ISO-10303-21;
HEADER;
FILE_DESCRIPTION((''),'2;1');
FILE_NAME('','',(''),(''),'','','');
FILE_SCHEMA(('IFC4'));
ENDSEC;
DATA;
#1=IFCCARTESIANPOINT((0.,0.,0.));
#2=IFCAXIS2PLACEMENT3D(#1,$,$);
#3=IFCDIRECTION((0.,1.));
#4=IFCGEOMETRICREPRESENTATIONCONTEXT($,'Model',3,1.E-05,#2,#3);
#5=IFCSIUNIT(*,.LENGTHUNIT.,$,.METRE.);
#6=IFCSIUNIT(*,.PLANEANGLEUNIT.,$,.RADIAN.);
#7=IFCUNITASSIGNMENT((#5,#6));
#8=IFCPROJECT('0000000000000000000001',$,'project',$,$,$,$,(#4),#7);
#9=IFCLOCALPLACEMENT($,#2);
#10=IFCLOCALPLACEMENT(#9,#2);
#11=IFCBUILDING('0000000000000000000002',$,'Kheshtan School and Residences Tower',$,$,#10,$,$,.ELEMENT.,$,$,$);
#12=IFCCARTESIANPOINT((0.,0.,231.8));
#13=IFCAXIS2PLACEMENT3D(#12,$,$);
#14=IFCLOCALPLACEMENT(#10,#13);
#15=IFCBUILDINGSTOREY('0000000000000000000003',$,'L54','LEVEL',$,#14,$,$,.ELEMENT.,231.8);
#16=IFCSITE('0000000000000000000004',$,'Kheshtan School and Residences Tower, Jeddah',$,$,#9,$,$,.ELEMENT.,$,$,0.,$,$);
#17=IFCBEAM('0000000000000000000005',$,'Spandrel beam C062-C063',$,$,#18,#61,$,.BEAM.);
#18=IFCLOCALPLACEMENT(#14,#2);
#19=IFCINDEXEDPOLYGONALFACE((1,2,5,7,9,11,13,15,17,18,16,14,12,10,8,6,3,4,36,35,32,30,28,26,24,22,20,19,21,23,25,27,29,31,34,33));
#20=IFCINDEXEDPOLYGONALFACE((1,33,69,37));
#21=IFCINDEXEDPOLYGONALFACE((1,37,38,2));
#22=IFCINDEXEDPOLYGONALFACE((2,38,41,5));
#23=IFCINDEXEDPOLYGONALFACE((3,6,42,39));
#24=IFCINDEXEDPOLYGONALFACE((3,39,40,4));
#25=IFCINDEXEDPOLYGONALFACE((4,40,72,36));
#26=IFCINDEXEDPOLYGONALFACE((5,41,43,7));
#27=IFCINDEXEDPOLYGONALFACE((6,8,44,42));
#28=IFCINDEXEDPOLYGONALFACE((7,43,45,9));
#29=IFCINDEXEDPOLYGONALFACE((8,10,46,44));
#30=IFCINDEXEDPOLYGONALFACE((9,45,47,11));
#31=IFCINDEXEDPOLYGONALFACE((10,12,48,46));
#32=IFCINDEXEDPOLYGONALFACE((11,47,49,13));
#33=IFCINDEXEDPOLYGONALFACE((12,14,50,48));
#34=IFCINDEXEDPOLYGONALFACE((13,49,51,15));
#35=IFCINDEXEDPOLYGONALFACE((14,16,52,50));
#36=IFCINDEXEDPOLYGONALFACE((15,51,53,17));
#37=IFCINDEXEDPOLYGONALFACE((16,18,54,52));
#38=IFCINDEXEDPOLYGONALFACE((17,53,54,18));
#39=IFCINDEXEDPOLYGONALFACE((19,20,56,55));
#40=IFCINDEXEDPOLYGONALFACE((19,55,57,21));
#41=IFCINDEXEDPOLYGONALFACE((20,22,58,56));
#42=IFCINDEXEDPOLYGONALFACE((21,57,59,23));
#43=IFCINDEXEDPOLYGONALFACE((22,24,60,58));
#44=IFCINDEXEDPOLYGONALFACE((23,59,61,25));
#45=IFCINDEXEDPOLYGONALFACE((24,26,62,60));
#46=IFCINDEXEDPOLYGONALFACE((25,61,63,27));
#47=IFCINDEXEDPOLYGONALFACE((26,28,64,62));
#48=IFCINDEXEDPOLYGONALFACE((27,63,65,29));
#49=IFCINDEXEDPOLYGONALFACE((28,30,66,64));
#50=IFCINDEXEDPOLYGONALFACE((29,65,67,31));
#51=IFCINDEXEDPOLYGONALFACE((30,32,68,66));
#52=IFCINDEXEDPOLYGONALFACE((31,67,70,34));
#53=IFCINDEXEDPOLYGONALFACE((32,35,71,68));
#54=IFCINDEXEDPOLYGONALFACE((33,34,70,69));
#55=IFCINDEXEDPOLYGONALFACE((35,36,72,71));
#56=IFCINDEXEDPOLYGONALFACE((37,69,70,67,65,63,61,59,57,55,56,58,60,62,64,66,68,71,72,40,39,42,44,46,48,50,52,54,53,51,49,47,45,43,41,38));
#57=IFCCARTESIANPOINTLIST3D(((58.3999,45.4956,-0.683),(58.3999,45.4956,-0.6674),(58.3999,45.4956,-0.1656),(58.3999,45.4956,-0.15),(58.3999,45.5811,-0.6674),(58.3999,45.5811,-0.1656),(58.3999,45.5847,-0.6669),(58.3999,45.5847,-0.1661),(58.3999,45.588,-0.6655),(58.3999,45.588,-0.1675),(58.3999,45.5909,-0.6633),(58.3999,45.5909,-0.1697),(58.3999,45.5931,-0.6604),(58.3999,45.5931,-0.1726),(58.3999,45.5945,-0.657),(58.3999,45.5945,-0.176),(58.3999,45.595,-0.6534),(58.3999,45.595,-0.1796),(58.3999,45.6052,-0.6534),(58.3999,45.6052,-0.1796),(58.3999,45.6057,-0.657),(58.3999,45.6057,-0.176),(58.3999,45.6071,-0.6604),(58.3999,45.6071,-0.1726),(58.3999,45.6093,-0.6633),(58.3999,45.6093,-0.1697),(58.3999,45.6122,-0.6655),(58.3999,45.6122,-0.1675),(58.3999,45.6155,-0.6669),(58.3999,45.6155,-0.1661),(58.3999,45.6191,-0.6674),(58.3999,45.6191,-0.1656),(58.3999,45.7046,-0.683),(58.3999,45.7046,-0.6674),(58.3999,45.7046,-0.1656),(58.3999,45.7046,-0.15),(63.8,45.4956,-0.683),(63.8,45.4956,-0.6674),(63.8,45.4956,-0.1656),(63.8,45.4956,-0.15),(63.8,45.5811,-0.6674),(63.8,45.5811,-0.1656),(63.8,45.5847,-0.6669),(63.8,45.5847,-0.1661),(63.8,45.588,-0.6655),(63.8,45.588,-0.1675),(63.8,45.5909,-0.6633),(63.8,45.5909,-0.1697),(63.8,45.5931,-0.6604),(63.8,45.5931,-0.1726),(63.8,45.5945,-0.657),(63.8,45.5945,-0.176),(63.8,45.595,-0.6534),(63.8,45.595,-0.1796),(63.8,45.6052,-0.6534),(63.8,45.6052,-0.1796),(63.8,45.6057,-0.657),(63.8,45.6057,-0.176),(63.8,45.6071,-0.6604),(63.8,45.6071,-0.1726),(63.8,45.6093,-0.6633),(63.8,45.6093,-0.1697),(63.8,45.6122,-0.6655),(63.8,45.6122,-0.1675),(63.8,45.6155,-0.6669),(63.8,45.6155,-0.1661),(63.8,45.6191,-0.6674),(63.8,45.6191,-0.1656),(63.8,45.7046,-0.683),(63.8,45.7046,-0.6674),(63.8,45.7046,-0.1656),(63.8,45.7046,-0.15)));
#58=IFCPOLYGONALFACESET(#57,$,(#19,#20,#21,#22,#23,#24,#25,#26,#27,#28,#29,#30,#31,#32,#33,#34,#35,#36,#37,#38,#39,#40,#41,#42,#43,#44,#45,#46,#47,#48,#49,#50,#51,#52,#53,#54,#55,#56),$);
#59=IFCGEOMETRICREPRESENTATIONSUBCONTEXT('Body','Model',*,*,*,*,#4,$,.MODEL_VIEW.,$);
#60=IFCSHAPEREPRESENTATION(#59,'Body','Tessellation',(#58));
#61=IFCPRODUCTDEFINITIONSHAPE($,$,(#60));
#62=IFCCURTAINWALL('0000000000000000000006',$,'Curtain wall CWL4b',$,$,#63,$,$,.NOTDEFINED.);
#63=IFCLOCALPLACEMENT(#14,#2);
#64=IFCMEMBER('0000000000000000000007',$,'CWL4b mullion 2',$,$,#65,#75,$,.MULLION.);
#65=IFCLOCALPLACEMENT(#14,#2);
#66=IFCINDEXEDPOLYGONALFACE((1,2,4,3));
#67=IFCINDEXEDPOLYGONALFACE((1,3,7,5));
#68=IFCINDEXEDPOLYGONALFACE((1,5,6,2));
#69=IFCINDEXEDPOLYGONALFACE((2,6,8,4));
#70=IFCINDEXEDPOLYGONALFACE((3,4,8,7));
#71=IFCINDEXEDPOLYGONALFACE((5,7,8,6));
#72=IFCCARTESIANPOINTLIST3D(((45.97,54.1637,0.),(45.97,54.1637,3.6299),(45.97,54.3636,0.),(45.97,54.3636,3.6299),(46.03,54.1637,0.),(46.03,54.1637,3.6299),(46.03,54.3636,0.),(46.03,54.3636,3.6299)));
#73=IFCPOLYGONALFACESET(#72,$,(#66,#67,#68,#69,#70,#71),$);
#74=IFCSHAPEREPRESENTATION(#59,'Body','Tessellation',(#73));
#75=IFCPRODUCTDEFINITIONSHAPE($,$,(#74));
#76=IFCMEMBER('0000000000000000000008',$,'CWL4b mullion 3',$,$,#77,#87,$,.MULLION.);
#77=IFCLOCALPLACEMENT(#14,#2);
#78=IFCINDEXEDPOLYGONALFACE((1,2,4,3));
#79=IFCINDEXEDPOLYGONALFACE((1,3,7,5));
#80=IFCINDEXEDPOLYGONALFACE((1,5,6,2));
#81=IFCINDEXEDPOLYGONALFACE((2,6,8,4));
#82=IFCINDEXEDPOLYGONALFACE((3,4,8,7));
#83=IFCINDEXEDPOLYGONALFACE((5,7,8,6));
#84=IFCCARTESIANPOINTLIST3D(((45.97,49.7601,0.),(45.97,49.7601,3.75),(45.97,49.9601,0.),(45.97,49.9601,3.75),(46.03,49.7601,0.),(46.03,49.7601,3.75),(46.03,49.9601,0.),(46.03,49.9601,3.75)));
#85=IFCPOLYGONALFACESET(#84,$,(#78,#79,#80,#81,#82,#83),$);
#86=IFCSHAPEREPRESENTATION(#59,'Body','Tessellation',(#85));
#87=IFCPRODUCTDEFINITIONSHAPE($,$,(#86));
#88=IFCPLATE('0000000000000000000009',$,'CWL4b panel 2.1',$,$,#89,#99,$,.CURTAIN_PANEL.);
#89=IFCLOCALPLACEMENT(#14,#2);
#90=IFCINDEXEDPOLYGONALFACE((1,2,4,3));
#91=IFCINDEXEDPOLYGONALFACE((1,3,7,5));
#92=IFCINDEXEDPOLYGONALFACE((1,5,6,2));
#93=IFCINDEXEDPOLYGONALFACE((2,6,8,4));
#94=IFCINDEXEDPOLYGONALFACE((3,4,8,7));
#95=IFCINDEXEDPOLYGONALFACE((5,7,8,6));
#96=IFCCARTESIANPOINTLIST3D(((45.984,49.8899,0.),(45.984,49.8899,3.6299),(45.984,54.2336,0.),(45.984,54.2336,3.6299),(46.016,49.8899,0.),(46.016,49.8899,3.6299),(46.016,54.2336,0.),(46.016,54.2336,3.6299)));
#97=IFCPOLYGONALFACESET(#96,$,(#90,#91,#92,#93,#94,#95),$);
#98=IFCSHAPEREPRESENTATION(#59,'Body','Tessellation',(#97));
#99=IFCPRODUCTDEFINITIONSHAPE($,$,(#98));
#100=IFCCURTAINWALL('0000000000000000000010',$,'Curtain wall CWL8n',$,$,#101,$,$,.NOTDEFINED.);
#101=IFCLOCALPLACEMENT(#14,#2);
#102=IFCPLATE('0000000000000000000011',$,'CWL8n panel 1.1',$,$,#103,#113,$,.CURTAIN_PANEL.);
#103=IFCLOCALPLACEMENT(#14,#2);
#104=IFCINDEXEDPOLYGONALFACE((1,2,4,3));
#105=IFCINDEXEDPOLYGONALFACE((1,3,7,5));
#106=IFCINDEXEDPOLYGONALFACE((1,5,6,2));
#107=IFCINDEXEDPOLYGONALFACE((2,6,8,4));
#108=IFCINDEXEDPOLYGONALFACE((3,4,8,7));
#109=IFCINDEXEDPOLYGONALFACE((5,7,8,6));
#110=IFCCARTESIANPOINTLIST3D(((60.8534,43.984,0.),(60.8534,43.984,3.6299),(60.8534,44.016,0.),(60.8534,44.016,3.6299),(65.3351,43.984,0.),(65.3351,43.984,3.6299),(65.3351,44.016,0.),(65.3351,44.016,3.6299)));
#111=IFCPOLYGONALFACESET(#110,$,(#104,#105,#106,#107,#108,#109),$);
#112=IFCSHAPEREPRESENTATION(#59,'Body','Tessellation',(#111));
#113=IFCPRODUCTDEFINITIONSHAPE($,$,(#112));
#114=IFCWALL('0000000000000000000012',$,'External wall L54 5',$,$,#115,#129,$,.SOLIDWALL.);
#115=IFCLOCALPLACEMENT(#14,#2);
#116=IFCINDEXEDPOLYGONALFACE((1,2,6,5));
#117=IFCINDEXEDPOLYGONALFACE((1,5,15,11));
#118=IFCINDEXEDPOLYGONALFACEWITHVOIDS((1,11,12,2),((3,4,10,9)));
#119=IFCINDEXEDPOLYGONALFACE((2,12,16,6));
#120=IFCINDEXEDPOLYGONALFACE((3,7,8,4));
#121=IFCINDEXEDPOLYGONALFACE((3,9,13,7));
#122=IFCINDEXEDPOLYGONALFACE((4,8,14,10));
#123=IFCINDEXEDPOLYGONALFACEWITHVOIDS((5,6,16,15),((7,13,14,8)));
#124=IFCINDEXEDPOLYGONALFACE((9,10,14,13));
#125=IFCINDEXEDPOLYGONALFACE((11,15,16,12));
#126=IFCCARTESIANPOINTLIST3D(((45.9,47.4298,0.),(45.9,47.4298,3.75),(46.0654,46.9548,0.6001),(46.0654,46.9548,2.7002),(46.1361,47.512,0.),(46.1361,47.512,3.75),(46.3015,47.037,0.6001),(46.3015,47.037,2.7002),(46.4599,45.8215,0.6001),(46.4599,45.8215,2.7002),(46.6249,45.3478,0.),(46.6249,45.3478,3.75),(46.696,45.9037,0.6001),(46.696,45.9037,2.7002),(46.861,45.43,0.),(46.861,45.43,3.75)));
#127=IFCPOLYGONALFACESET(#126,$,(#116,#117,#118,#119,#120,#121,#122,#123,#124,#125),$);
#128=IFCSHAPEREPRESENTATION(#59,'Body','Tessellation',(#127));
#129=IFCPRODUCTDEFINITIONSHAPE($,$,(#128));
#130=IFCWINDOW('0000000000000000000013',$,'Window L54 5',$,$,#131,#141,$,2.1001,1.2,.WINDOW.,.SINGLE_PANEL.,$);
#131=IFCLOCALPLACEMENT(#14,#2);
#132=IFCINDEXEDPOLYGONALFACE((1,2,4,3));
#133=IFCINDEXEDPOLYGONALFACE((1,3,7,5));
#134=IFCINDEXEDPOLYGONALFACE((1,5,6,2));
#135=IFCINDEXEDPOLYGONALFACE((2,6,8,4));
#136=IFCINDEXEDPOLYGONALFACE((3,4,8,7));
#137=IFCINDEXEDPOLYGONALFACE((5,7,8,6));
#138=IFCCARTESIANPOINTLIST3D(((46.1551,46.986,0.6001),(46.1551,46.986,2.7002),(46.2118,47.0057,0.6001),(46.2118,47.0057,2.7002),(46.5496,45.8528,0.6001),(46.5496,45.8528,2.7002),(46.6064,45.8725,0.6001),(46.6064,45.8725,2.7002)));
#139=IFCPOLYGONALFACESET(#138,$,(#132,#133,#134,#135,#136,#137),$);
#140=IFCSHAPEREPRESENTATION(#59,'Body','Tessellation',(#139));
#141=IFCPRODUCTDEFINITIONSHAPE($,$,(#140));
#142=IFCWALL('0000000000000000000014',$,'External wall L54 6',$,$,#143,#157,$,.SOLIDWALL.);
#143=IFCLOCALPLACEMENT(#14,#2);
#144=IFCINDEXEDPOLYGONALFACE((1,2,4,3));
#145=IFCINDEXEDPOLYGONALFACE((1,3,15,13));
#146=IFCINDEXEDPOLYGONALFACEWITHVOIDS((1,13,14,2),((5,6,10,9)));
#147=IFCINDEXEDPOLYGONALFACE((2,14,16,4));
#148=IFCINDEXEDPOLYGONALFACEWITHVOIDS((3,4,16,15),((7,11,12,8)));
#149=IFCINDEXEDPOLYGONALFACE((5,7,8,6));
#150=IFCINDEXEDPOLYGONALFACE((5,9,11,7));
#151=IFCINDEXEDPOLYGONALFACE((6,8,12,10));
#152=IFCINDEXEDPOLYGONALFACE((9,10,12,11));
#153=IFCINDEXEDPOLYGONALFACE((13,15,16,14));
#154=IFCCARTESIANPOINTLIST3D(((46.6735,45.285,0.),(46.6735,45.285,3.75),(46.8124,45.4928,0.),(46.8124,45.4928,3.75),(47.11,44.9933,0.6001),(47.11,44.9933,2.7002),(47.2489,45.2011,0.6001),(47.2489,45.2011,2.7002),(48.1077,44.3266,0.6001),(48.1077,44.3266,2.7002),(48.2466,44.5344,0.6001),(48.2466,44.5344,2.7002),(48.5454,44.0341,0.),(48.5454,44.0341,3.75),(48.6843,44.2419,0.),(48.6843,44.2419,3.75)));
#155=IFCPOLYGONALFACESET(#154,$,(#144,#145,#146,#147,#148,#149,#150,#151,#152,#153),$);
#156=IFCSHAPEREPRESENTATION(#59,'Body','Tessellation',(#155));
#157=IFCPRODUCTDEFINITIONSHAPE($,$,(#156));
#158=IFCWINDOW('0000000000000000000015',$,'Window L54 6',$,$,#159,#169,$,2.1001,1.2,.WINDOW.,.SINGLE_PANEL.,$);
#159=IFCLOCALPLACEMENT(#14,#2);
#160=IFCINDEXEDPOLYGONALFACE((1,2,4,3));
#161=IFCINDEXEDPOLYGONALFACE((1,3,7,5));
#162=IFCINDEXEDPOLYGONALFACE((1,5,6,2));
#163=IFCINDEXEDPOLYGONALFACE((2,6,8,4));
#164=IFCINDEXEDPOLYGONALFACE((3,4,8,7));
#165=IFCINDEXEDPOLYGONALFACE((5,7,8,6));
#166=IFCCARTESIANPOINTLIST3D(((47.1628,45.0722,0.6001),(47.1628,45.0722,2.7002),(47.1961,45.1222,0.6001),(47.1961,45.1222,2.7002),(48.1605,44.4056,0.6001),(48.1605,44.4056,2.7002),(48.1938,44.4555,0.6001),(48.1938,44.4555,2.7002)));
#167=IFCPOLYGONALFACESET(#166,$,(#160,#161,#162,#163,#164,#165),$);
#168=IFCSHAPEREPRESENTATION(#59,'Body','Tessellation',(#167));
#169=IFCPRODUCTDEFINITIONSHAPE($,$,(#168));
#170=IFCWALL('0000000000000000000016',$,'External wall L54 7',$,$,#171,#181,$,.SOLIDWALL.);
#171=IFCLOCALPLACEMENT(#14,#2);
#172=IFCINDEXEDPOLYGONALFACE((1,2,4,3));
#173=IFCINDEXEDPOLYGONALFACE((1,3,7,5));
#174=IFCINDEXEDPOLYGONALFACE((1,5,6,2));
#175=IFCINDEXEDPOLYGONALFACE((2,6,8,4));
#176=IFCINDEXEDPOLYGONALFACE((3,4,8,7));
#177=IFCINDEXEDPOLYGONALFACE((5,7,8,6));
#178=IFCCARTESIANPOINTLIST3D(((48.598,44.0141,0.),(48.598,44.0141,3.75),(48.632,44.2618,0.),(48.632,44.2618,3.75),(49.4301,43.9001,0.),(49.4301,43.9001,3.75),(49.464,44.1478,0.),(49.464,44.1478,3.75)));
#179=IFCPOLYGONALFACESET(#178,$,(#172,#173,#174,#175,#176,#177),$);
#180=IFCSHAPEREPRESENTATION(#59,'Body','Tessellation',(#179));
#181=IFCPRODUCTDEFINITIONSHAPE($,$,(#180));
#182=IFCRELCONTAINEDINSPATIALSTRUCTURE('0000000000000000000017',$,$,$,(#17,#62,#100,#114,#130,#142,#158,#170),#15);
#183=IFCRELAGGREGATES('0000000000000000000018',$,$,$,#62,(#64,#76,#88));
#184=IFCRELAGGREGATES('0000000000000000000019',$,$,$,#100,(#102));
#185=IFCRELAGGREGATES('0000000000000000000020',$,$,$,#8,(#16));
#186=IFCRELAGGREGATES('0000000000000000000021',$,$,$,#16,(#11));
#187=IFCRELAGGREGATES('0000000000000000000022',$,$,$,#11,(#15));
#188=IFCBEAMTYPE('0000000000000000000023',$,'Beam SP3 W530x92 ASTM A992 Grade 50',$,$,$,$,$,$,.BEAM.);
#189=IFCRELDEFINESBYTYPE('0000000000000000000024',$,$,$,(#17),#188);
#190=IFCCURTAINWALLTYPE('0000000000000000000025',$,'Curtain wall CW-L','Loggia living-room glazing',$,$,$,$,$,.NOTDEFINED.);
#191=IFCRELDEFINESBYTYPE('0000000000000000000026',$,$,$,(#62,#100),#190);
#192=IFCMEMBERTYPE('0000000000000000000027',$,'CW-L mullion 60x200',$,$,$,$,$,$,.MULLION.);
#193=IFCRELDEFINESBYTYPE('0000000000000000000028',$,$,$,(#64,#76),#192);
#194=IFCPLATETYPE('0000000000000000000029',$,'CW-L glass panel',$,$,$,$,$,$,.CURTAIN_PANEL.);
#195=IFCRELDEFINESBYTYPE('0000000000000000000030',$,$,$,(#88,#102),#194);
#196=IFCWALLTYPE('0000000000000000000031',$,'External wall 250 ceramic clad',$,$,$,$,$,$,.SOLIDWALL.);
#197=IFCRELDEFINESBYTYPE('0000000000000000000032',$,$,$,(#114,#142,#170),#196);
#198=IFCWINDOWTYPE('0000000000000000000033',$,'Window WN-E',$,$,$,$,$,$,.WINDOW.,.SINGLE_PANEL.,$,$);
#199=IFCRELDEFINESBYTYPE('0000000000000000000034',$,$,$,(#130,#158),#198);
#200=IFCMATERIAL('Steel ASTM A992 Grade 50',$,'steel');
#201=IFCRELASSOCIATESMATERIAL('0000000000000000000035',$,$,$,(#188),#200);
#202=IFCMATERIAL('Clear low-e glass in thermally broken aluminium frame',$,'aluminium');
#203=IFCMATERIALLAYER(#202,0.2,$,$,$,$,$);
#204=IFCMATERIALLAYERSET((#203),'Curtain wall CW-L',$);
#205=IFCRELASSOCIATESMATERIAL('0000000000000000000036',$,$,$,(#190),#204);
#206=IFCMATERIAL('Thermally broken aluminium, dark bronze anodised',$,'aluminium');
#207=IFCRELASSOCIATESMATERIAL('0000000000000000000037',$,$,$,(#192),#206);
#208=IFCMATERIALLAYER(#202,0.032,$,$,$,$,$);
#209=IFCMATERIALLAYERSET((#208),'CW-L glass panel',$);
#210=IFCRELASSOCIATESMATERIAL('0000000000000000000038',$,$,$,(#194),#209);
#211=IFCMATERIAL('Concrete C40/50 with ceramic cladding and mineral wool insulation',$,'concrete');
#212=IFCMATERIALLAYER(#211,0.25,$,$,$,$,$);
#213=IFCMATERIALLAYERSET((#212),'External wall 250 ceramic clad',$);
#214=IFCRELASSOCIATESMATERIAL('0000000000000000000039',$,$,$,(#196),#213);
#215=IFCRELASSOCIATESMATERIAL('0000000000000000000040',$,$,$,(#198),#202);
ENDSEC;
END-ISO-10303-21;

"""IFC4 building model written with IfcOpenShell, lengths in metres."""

from ifc_helpers import new_model, si_unit, direction, frame, frame_2d, origin, origin_2d, place, context, subcontext, project, spatial, rectangle, i_section, extrude, source, transform, mapped, material, layer, layer_set, material_profile, profile_set, type_object, element, fill, aggregate, save


model = new_model("IFC4")

# Units and contexts
model_context = context("Model", 3, precision=1e-05, world=origin(), true_north=direction((0.0, 1.0)))
body_context = subcontext(model_context, "Body", "Model", "MODEL_VIEW")
ifc_project = project(units=[si_unit("LENGTHUNIT", "METRE"), si_unit("PLANEANGLEUNIT", "RADIAN")], contexts=[model_context])

# Site, building, storey
site_placement = place(None, origin())
site = spatial("IfcSite", under=ifc_project, at=site_placement, Name="Kheshtan School and Residences Tower, Jeddah", CompositionType="ELEMENT", RefElevation=0.0)
building_placement = place(site_placement, origin())
building = spatial("IfcBuilding", under=site, at=building_placement, Name="Kheshtan School and Residences Tower", CompositionType="ELEMENT")
storey_placement = place(building_placement, frame((0.0, 0.0, 231.8)))
storey = spatial("IfcBuildingStorey", under=building, at=storey_placement, Name="L54", Description="LEVEL", CompositionType="ELEMENT", Elevation=231.8)

# Shared definitions
ifc_material_1 = material(Name="Steel ASTM A992 Grade 50", Category="steel")

# Beam
ifc_material_profile_1 = material_profile(ifc_material_1, i_section(OverallWidth=0.209, OverallDepth=0.533, WebThickness=0.0103, FlangeThickness=0.0156, FilletRadius=0.0139, at=origin_2d()), Name="W530x92")
ifc_profile_set_1 = profile_set([ifc_material_profile_1], Name="Steel ASTM A992 Grade 50")
beam_type_1 = type_object("IfcBeamType", Name="Beam SP3 W530x92 ASTM A992 Grade 50", PredefinedType="BEAM", material=ifc_profile_set_1)
beam_1_placement = place(storey_placement, frame((58.3999, 45.6001, -0.4165), z_axis=(1.0, 0.0, 0.0), x_axis=(0.0, 1.0, 0.0)))
element("IfcBeam", 1, at=beam_1_placement, inside=storey, type_object=beam_type_1, Name="Spandrel beam C062-C063", PredefinedType="BEAM", context=body_context, shape_type="SweptSolid", body=[
    extrude(i_section(OverallWidth=0.209, OverallDepth=0.533, WebThickness=0.0103, FlangeThickness=0.0156, FilletRadius=0.0139, at=origin_2d()), origin(), (0.0, 0.0, 1.0), 5.4001),
])

# Curtain wall, members, plate
ifc_material_2 = material(Name="Clear low-e glass in thermally broken aluminium frame", Category="aluminium")
ifc_layer_1 = layer(ifc_material_2, 0.2)
ifc_layer_set_1 = layer_set([ifc_layer_1], Name="Curtain wall CW-L")
curtain_wall_type = type_object("IfcCurtainWallType", Name="Curtain wall CW-L", Description="Loggia living-room glazing", PredefinedType="NOTDEFINED", material=ifc_layer_set_1)
curtain_wall_1_placement = place(storey_placement, origin())
curtain_wall_1 = element("IfcCurtainWall", 2, at=curtain_wall_1_placement, inside=storey, type_object=curtain_wall_type, Name="Curtain wall CWL4b", PredefinedType="NOTDEFINED")
ifc_material_3 = material(Name="Thermally broken aluminium, dark bronze anodised", Category="aluminium")
ifc_material_profile_2 = material_profile(ifc_material_3, rectangle(XDim=0.0601, YDim=0.2, at=origin_2d()), Name="CW-L mullion 60x200")
ifc_profile_set_2 = profile_set([ifc_material_profile_2], Name="Thermally broken aluminium, dark bronze anodised")
member_type = type_object("IfcMemberType", Name="CW-L mullion 60x200", PredefinedType="MULLION", material=ifc_profile_set_2)
member_1_placement = place(storey_placement, frame((46.0, 54.2637, 0.0), z_axis=(0.0, 0.0, 1.0), x_axis=(1.0, 0.0, 0.0)))
member_1 = element("IfcMember", 3, at=member_1_placement, type_object=member_type, Name="CWL4b mullion 2", PredefinedType="MULLION", context=body_context, shape_type="SweptSolid", body=[
    extrude(rectangle(XDim=0.0601, YDim=0.2, at=origin_2d()), origin(), (0.0, 0.0, 1.0), 3.6299),
])
member_2_placement = place(storey_placement, frame((46.0, 49.8601, 0.0), z_axis=(0.0, 0.0, 1.0), x_axis=(1.0, 0.0, 0.0)))
member_2 = element("IfcMember", 4, at=member_2_placement, type_object=member_type, Name="CWL4b mullion 3", PredefinedType="MULLION", context=body_context, shape_type="SweptSolid", body=[
    extrude(rectangle(XDim=0.0601, YDim=0.2, at=origin_2d()), origin(), (0.0, 0.0, 1.0), 3.75),
])
ifc_layer_2 = layer(ifc_material_2, 0.032)
ifc_layer_set_2 = layer_set([ifc_layer_2], Name="CW-L glass panel")
plate_type = type_object("IfcPlateType", Name="CW-L glass panel", PredefinedType="CURTAIN_PANEL", material=ifc_layer_set_2)
plate_1_placement = place(storey_placement, frame((46.0, 52.0618, 0.0), z_axis=(0.0, 0.0, 1.0), x_axis=(0.0, -1.0, 0.0)))
plate_1 = element("IfcPlate", 5, at=plate_1_placement, type_object=plate_type, Name="CWL4b panel 2.1", PredefinedType="CURTAIN_PANEL", context=body_context, shape_type="SweptSolid", body=[
    extrude(rectangle(XDim=4.3438, YDim=0.032, at=origin_2d()), origin(), (0.0, 0.0, 1.0), 3.6299),
])
aggregate(curtain_wall_1, [member_1, member_2, plate_1])

# Curtain wall, plate
curtain_wall_2_placement = place(storey_placement, origin())
curtain_wall_2 = element("IfcCurtainWall", 6, at=curtain_wall_2_placement, inside=storey, type_object=curtain_wall_type, Name="Curtain wall CWL8n", PredefinedType="NOTDEFINED")
plate_2_placement = place(storey_placement, frame((63.0942, 44.0, 0.0), z_axis=(0.0, 0.0, 1.0), x_axis=(1.0, 0.0, 0.0)))
plate_2 = element("IfcPlate", 7, at=plate_2_placement, type_object=plate_type, Name="CWL8n panel 1.1", PredefinedType="CURTAIN_PANEL", context=body_context, shape_type="SweptSolid", body=[
    extrude(rectangle(XDim=4.4817, YDim=0.032, at=origin_2d()), origin(), (0.0, 0.0, 1.0), 3.6299),
])
aggregate(curtain_wall_2, [plate_2])

# Walls, openings, windows
ifc_material_4 = material(Name="Concrete C40/50 with ceramic cladding and mineral wool insulation", Category="concrete")
ifc_layer_3 = layer(ifc_material_4, 0.25)
ifc_layer_set_3 = layer_set([ifc_layer_3], Name="External wall 250 ceramic clad")
wall_type = type_object("IfcWallType", Name="External wall 250 ceramic clad", PredefinedType="SOLIDWALL", material=ifc_layer_set_3)
wall_1_placement = place(storey_placement, frame((46.0181, 47.4709, 0.0), z_axis=(0.0, 0.0, 1.0), x_axis=(0.328791, -0.944403, 0.0)))
wall_1 = element("IfcWall", 8, at=wall_1_placement, inside=storey, type_object=wall_type, Name="External wall L54 5", PredefinedType="SOLIDWALL", context=body_context, shape_type="SweptSolid", body=[
    extrude(rectangle(XDim=2.2046, YDim=0.25, at=frame_2d((1.1023, 0.0))), origin(), (0.0, 0.0, 1.0), 3.75),
])
opening_1_placement = place(wall_1_placement, frame((0.5029, 0.0, 0.6001)))
opening_1 = element("IfcOpeningElement", 9, at=opening_1_placement, cuts=wall_1, PredefinedType="OPENING", context=body_context, shape_type="SweptSolid", body=[
    extrude(rectangle(XDim=1.2, YDim=2.1001, at=frame_2d((0.6001, 1.05))), frame((0.0, 0.135, 0.0), z_axis=(0.0, -1.0, 0.0), x_axis=(1.0, 0.0, 0.0)), (0.0, 0.0, 1.0), 0.27),
])
window_type = type_object("IfcWindowType", Name="Window WN-E", PartitioningType="SINGLE_PANEL", PredefinedType="WINDOW", material=ifc_material_2)
shared_shape = source(origin(), body_context, "Body", "SweptSolid", [
    extrude(rectangle(XDim=1.2, YDim=2.1001, at=frame_2d((0.6001, 1.05))), frame((0.0, 0.03, 0.0), z_axis=(0.0, -1.0, 0.0), x_axis=(1.0, 0.0, 0.0)), (0.0, 0.0, 1.0), 0.0601),
])
window_1_placement = place(opening_1_placement, origin())
window_1 = element("IfcWindow", 10, at=window_1_placement, inside=storey, type_object=window_type, Name="Window L54 5", OverallHeight=2.1001, OverallWidth=1.2, PartitioningType="SINGLE_PANEL", PredefinedType="WINDOW", context=body_context, shape_type="MappedRepresentation", body=[
    mapped(shared_shape, transform((0.0, 0.0, 0.0), x_axis=(1.0, 0.0, 0.0), y_axis=(0.0, 1.0, 0.0), z_axis=(0.0, 0.0, 1.0), scale=1.0)),
])
fill(opening_1, window_1)
wall_2_placement = place(storey_placement, frame((46.7429, 45.3889, 0.0), z_axis=(0.0, 0.0, 1.0), x_axis=(0.831449, -0.555601, 0.0)))
wall_2 = element("IfcWall", 11, at=wall_2_placement, inside=storey, type_object=wall_type, Name="External wall L54 6", PredefinedType="SOLIDWALL", context=body_context, shape_type="SweptSolid", body=[
    extrude(rectangle(XDim=2.2515, YDim=0.25, at=frame_2d((1.1257, 0.0))), origin(), (0.0, 0.0, 1.0), 3.75),
])
opening_2_placement = place(wall_2_placement, frame((0.5249, 0.0, 0.6001)))
opening_2 = element("IfcOpeningElement", 12, at=opening_2_placement, cuts=wall_2, PredefinedType="OPENING", context=body_context, shape_type="SweptSolid", body=[
    extrude(rectangle(XDim=1.2, YDim=2.1001, at=frame_2d((0.6001, 1.05))), frame((0.0, 0.135, 0.0), z_axis=(0.0, -1.0, 0.0), x_axis=(1.0, 0.0, 0.0)), (0.0, 0.0, 1.0), 0.27),
])
window_2_placement = place(opening_2_placement, origin())
window_2 = element("IfcWindow", 13, at=window_2_placement, inside=storey, type_object=window_type, Name="Window L54 6", OverallHeight=2.1001, OverallWidth=1.2, PartitioningType="SINGLE_PANEL", PredefinedType="WINDOW", context=body_context, shape_type="MappedRepresentation", body=[
    mapped(shared_shape, transform((0.0, 0.0, 0.0), x_axis=(1.0, 0.0, 0.0), y_axis=(0.0, 1.0, 0.0), z_axis=(0.0, 0.0, 1.0), scale=1.0)),
])
fill(opening_2, window_2)

# Wall
wall_3_placement = place(storey_placement, frame((48.615, 44.1379, 0.0), z_axis=(0.0, 0.0, 1.0), x_axis=(0.990742, -0.135762, 0.0)))
element("IfcWall", 14, at=wall_3_placement, inside=storey, type_object=wall_type, Name="External wall L54 7", PredefinedType="SOLIDWALL", context=body_context, shape_type="SweptSolid", body=[
    extrude(rectangle(XDim=0.8398, YDim=0.25, at=frame_2d((0.4199, 0.0))), origin(), (0.0, 0.0, 1.0), 3.75),
])

save(model, "model.ifc")
